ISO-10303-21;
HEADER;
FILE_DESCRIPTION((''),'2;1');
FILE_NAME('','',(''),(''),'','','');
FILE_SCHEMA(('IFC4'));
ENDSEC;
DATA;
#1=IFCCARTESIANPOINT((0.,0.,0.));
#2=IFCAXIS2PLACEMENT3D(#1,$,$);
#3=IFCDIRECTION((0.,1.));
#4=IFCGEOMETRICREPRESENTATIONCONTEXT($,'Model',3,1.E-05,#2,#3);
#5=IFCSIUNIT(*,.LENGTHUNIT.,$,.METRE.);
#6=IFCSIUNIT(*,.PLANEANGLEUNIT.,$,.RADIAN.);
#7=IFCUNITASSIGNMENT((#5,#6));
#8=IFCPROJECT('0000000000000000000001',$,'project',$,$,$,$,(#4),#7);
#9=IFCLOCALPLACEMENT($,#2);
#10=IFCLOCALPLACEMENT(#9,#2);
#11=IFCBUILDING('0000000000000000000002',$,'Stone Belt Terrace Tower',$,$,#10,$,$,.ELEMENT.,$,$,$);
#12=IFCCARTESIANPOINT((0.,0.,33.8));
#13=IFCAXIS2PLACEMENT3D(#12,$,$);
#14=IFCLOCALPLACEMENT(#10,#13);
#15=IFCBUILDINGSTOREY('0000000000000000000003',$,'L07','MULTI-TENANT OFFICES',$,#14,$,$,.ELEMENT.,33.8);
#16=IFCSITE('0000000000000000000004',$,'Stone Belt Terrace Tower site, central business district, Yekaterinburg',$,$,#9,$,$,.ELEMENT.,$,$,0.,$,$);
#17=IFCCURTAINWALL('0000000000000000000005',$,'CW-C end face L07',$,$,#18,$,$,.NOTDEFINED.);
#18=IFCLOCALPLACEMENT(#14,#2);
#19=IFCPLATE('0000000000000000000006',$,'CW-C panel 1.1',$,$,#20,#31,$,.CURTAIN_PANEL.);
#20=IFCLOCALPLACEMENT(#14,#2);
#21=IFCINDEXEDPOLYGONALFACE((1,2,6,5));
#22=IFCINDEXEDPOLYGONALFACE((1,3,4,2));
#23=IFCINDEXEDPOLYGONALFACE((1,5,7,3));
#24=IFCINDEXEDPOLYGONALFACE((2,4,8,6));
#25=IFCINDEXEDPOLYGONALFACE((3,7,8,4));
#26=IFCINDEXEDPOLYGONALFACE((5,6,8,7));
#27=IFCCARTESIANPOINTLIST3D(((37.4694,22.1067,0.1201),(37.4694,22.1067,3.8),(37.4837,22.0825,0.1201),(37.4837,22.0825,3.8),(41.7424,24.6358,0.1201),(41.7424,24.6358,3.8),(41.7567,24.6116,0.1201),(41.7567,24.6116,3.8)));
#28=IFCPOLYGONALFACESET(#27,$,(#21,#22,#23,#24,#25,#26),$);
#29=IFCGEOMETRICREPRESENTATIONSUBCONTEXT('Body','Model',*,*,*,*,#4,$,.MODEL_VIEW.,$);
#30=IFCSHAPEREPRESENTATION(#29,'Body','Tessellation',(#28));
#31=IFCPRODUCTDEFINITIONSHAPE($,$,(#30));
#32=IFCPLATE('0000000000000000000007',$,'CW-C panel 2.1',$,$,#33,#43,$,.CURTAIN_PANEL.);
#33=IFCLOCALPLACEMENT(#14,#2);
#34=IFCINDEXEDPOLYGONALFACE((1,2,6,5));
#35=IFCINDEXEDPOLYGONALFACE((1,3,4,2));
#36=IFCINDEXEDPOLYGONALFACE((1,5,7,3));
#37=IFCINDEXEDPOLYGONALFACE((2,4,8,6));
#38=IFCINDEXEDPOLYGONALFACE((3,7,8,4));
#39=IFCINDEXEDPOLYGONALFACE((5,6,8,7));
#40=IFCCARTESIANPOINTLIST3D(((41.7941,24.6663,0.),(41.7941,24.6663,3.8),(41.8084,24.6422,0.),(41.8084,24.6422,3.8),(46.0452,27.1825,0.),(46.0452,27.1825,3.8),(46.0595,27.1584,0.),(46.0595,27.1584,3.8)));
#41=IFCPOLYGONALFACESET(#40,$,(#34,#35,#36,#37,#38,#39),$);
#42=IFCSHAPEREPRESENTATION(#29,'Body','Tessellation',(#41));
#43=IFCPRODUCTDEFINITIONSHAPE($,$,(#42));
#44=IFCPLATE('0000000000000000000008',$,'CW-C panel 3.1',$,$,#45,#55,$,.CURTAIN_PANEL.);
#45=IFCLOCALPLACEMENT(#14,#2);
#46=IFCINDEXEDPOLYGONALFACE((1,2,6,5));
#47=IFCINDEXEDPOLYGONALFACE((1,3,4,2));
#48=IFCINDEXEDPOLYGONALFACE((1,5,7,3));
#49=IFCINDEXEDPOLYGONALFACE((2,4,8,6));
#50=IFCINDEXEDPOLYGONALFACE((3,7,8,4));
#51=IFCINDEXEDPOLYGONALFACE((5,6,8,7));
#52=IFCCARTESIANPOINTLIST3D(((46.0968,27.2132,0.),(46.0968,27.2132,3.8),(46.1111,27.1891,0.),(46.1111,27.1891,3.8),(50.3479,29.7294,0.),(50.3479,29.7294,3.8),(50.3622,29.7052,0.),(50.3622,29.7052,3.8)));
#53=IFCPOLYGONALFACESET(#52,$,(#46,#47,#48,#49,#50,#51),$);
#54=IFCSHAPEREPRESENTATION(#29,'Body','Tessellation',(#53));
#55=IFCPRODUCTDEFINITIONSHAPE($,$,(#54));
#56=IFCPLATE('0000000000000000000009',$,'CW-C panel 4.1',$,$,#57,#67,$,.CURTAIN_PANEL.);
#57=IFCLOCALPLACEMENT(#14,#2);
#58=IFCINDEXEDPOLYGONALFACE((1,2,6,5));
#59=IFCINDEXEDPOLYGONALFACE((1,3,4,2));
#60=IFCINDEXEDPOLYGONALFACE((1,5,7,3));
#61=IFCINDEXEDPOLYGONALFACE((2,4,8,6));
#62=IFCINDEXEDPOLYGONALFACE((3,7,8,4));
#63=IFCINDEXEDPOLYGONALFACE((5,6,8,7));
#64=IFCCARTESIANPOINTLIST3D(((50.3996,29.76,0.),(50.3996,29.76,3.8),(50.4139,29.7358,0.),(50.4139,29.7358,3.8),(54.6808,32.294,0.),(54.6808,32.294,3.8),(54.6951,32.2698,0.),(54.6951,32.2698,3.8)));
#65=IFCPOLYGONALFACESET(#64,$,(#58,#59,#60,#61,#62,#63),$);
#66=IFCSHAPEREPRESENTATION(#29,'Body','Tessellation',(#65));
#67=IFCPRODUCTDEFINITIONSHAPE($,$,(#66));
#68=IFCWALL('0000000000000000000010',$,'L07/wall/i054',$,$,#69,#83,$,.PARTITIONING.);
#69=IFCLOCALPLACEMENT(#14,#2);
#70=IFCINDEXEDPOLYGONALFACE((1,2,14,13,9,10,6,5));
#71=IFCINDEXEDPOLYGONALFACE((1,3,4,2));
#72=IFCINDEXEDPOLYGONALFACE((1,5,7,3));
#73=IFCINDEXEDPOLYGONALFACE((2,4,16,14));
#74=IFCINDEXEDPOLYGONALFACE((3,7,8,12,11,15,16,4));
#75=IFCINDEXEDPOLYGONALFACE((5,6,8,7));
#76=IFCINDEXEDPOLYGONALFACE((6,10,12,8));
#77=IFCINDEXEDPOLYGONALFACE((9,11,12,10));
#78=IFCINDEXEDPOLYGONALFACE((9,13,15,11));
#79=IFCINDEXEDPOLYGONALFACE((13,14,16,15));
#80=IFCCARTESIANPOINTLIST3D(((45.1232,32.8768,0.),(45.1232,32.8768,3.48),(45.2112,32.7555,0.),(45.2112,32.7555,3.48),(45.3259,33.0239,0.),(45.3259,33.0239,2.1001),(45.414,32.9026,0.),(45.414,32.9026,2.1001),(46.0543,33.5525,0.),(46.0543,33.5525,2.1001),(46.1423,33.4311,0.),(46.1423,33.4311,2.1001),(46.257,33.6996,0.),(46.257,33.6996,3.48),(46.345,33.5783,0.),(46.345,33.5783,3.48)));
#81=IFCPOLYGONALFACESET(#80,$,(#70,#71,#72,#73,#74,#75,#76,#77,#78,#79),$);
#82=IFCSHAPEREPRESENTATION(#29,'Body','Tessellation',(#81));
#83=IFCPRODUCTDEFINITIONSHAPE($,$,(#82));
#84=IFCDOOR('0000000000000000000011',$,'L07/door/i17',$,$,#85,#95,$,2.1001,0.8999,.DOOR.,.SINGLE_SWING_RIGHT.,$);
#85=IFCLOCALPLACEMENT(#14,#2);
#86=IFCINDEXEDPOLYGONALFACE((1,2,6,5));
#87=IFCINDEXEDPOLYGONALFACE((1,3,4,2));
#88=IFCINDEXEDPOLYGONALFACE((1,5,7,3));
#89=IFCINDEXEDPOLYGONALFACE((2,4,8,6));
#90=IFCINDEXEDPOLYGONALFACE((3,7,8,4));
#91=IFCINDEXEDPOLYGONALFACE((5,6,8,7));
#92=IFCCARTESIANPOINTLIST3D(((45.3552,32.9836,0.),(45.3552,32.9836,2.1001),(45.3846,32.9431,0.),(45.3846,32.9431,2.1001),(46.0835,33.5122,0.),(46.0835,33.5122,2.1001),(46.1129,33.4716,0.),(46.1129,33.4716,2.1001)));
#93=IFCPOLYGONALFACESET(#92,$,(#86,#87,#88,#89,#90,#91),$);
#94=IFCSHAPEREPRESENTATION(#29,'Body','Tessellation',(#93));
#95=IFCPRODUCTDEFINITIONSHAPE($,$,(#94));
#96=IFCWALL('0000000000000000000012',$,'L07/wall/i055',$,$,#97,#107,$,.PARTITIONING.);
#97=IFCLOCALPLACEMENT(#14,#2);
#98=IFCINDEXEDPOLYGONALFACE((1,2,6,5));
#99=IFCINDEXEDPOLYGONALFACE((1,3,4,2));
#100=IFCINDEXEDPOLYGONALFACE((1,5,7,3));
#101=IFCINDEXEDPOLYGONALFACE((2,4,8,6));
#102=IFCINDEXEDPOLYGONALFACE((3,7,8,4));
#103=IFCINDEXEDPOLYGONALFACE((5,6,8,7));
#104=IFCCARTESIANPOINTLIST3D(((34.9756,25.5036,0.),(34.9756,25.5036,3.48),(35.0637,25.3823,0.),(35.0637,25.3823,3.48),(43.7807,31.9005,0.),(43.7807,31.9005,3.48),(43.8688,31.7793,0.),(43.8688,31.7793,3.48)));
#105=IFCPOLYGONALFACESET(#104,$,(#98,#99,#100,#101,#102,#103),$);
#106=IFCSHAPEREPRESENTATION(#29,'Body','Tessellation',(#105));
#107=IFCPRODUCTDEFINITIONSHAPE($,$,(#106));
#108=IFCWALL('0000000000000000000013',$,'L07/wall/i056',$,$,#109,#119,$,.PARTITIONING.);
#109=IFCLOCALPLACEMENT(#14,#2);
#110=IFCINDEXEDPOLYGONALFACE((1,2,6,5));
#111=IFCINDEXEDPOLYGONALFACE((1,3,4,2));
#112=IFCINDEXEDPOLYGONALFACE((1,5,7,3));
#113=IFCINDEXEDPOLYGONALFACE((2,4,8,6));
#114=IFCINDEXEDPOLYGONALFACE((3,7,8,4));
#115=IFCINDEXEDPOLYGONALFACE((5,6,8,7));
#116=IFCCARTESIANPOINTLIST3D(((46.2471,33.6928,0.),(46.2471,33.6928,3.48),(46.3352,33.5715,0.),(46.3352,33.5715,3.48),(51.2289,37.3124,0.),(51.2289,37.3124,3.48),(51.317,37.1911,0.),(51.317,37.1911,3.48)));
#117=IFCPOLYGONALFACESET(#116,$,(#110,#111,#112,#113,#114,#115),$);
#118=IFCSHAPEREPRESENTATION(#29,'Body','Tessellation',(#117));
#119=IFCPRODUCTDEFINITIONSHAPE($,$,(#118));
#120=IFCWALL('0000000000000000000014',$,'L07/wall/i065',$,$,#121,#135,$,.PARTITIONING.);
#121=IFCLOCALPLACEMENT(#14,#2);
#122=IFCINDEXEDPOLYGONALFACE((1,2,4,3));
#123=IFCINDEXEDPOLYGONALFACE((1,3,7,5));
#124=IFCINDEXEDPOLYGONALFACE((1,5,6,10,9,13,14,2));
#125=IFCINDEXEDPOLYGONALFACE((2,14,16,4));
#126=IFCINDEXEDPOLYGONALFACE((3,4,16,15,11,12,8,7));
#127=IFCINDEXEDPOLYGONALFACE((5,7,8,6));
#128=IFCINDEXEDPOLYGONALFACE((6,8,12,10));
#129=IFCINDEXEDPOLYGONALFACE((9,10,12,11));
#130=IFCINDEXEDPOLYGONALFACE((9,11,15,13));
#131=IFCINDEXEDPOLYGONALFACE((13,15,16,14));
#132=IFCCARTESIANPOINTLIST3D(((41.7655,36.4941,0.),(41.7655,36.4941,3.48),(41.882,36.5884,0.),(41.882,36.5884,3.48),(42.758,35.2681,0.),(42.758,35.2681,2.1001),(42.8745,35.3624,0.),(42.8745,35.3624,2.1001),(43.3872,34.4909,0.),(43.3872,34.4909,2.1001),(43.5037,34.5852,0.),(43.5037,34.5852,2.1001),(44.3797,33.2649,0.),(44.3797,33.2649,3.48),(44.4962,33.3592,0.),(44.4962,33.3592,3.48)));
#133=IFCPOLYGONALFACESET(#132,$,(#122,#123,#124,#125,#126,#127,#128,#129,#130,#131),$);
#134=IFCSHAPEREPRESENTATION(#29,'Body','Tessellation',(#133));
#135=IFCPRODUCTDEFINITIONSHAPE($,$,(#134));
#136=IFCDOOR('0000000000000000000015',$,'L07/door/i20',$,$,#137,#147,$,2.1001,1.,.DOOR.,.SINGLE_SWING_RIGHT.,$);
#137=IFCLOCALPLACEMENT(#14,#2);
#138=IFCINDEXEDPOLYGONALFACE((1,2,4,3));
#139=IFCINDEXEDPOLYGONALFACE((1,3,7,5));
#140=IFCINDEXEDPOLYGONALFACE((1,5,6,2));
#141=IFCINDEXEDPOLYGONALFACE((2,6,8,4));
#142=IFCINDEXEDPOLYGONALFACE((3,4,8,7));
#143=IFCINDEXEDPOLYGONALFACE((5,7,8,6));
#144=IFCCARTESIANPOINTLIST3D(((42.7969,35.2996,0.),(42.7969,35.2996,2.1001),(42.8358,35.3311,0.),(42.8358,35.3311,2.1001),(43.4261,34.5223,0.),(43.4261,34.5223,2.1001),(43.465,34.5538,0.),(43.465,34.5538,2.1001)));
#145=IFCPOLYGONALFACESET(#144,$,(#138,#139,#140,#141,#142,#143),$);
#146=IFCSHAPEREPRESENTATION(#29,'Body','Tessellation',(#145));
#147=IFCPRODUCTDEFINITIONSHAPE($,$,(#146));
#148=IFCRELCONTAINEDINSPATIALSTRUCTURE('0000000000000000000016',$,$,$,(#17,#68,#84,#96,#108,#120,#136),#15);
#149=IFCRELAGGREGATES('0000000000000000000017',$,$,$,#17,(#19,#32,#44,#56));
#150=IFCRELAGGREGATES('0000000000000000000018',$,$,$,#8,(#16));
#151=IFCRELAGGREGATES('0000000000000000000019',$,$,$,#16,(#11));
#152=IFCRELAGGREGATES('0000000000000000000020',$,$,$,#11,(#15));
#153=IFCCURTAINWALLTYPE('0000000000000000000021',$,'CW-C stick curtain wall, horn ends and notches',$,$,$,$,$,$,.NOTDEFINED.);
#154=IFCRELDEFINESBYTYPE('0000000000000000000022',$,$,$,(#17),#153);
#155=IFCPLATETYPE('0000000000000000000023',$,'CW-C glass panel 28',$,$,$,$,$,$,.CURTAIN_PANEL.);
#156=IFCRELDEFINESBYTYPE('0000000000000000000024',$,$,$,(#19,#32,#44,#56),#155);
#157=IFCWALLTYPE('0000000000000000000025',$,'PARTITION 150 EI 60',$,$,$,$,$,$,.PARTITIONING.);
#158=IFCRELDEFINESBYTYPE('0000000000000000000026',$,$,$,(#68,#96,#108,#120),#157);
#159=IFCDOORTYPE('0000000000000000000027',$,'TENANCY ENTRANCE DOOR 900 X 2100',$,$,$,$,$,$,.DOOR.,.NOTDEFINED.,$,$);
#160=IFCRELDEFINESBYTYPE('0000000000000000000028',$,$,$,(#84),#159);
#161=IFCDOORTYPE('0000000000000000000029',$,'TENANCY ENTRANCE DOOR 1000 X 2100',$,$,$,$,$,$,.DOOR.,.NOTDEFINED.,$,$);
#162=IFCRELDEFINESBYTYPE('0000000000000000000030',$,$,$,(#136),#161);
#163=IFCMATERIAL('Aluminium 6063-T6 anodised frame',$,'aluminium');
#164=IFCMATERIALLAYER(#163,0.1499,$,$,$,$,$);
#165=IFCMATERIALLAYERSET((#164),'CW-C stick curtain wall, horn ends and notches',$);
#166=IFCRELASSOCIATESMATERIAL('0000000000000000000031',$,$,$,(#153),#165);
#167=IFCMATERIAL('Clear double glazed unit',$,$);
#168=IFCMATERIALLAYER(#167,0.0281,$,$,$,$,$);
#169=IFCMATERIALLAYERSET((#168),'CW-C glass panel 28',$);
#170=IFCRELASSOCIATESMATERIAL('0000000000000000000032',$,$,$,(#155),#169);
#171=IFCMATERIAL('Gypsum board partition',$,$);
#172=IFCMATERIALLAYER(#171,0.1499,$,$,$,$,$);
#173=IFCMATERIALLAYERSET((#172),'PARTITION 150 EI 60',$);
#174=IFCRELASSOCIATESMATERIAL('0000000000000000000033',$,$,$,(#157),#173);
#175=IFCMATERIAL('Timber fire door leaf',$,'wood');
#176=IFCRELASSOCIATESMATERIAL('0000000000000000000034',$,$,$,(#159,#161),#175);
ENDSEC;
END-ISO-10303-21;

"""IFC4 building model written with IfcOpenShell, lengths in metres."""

from ifc_helpers import new_model, si_unit, direction, frame, frame_2d, origin, origin_2d, place, context, subcontext, project, spatial, rectangle, extrude, material, layer, layer_set, type_object, element, fill, aggregate, save


model = new_model("IFC4")

# Units and contexts
model_context = context("Model", 3, precision=1e-05, world=origin(), true_north=direction((0.0, 1.0)))
body_context = subcontext(model_context, "Body", "Model", "MODEL_VIEW")
ifc_project = project(units=[si_unit("LENGTHUNIT", "METRE"), si_unit("PLANEANGLEUNIT", "RADIAN")], contexts=[model_context])

# Site, building, storey
site_placement = place(None, origin())
site = spatial("IfcSite", under=ifc_project, at=site_placement, Name="Stone Belt Terrace Tower site, central business district, Yekaterinburg", CompositionType="ELEMENT", RefElevation=0.0)
building_placement = place(site_placement, origin())
building = spatial("IfcBuilding", under=site, at=building_placement, Name="Stone Belt Terrace Tower", CompositionType="ELEMENT")
storey_placement = place(building_placement, frame((0.0, 0.0, 33.8)))
storey = spatial("IfcBuildingStorey", under=building, at=storey_placement, Name="L07", Description="MULTI-TENANT OFFICES", CompositionType="ELEMENT", Elevation=33.8)

# Curtain wall
ifc_material_1 = material(Name="Aluminium 6063-T6 anodised frame", Category="aluminium")
ifc_layer_1 = layer(ifc_material_1, 0.1499)
ifc_layer_set_1 = layer_set([ifc_layer_1], Name="CW-C stick curtain wall, horn ends and notches")
curtain_wall_type_1 = type_object("IfcCurtainWallType", Name="CW-C stick curtain wall, horn ends and notches", PredefinedType="NOTDEFINED", material=ifc_layer_set_1)
curtain_wall_1_placement = place(storey_placement, origin())
curtain_wall_1 = element("IfcCurtainWall", 1, at=curtain_wall_1_placement, inside=storey, type_object=curtain_wall_type_1, Name="CW-C end face L07", PredefinedType="NOTDEFINED")

# Shared definitions
ifc_material_2 = material(Name="Clear double glazed unit")

# Plates
ifc_layer_2 = layer(ifc_material_2, 0.0281)
ifc_layer_set_2 = layer_set([ifc_layer_2], Name="CW-C glass panel 28")
plate_type_1 = type_object("IfcPlateType", Name="CW-C glass panel 28", PredefinedType="CURTAIN_PANEL", material=ifc_layer_set_2)
plate_1_placement = place(storey_placement, frame((39.613, 23.3591, 0.1201), z_axis=(0.0, 0.0, 1.0), x_axis=(0.860558, 0.509353, 0.0)))
plate_1 = element("IfcPlate", 2, at=plate_1_placement, type_object=plate_type_1, Name="CW-C panel 1.1", PredefinedType="CURTAIN_PANEL", context=body_context, shape_type="SweptSolid", body=[
    extrude(rectangle(XDim=4.9653, YDim=0.0281, at=origin_2d()), origin(), (0.0, 0.0, 1.0), 3.6799),
])
plate_2_placement = place(storey_placement, frame((43.9268, 25.9124, 0.0), z_axis=(0.0, 0.0, 1.0), x_axis=(0.860558, 0.509353, 0.0)))
plate_2 = element("IfcPlate", 3, at=plate_2_placement, type_object=plate_type_1, Name="CW-C panel 2.1", PredefinedType="CURTAIN_PANEL", context=body_context, shape_type="SweptSolid", body=[
    extrude(rectangle(XDim=4.9399, YDim=0.0281, at=origin_2d()), origin(), (0.0, 0.0, 1.0), 3.8),
])
plate_3_placement = place(storey_placement, frame((48.2295, 28.4592, 0.0), z_axis=(0.0, 0.0, 1.0), x_axis=(0.860558, 0.509353, 0.0)))
plate_3 = element("IfcPlate", 4, at=plate_3_placement, type_object=plate_type_1, Name="CW-C panel 3.1", PredefinedType="CURTAIN_PANEL", context=body_context, shape_type="SweptSolid", body=[
    extrude(rectangle(XDim=4.9399, YDim=0.0281, at=origin_2d()), origin(), (0.0, 0.0, 1.0), 3.8),
])
plate_4_placement = place(storey_placement, frame((52.5474, 31.0149, 0.0), z_axis=(0.0, 0.0, 1.0), x_axis=(0.860558, 0.509353, 0.0)))
plate_4 = element("IfcPlate", 5, at=plate_4_placement, type_object=plate_type_1, Name="CW-C panel 4.1", PredefinedType="CURTAIN_PANEL", context=body_context, shape_type="SweptSolid", body=[
    extrude(rectangle(XDim=4.9749, YDim=0.0281, at=origin_2d()), origin(), (0.0, 0.0, 1.0), 3.8),
])
aggregate(curtain_wall_1, [plate_1, plate_2, plate_3, plate_4])

# Wall, opening, door
ifc_material_3 = material(Name="Gypsum board partition")
ifc_layer_3 = layer(ifc_material_3, 0.1499)
ifc_layer_set_3 = layer_set([ifc_layer_3], Name="PARTITION 150 EI 60")
wall_type = type_object("IfcWallType", Name="PARTITION 150 EI 60", PredefinedType="PARTITIONING", material=ifc_layer_set_3)
wall_1_placement = place(storey_placement, frame((46.301, 33.6389, 0.0), z_axis=(0.0, 0.0, 1.0), x_axis=(-0.809354, -0.587322, 0.0)))
wall_1 = element("IfcWall", 6, at=wall_1_placement, inside=storey, type_object=wall_type, Name="L07/wall/i054", PredefinedType="PARTITIONING", context=body_context, shape_type="SweptSolid", body=[
    extrude(rectangle(XDim=1.4009, YDim=0.1499, at=frame_2d((0.7004, 0.0))), origin(), (0.0, 0.0, 1.0), 3.48),
])
opening_1_placement = place(wall_1_placement, frame((0.2505, 0.0, 0.0)))
opening_1 = element("IfcOpeningElement", 7, at=opening_1_placement, cuts=wall_1, PredefinedType="OPENING", context=body_context, shape_type="SweptSolid", body=[
    extrude(rectangle(XDim=0.8999, YDim=2.1001, at=frame_2d((0.45, 1.05))), frame((0.0, 0.085, 0.0), z_axis=(0.0, -1.0, 0.0), x_axis=(1.0, 0.0, 0.0)), (0.0, 0.0, 1.0), 0.1699),
])
ifc_material_4 = material(Name="Timber fire door leaf", Category="wood")
door_type_1 = type_object("IfcDoorType", Name="TENANCY ENTRANCE DOOR 900 X 2100", OperationType="NOTDEFINED", PredefinedType="DOOR", material=ifc_material_4)
door_1_placement = place(opening_1_placement, origin())
door_1 = element("IfcDoor", 8, at=door_1_placement, inside=storey, type_object=door_type_1, Name="L07/door/i17", OperationType="SINGLE_SWING_RIGHT", OverallHeight=2.1001, OverallWidth=0.8999, PredefinedType="DOOR", context=body_context, shape_type="SweptSolid", body=[
    extrude(rectangle(XDim=0.8999, YDim=2.1001, at=frame_2d((0.45, 1.05))), frame((0.0, 0.0249, 0.0), z_axis=(0.0, -1.0, 0.0), x_axis=(1.0, 0.0, 0.0)), (0.0, 0.0, 1.0), 0.05),
])
fill(opening_1, door_1)

# Walls
wall_2_placement = place(storey_placement, frame((35.0195, 25.4429, 0.0), z_axis=(0.0, 0.0, 1.0), x_axis=(0.809033, 0.587763, 0.0)))
element("IfcWall", 9, at=wall_2_placement, inside=storey, type_object=wall_type, Name="L07/wall/i055", PredefinedType="PARTITIONING", context=body_context, shape_type="SweptSolid", body=[
    extrude(rectangle(XDim=10.8835, YDim=0.1499, at=frame_2d((5.4419, 0.0))), origin(), (0.0, 0.0, 1.0), 3.48),
])
wall_3_placement = place(storey_placement, frame((46.291, 33.6321, 0.0), z_axis=(0.0, 0.0, 1.0), x_axis=(0.809014, 0.58779, 0.0)))
element("IfcWall", 10, at=wall_3_placement, inside=storey, type_object=wall_type, Name="L07/wall/i056", PredefinedType="PARTITIONING", context=body_context, shape_type="SweptSolid", body=[
    extrude(rectangle(XDim=6.158, YDim=0.1499, at=frame_2d((3.0791, 0.0))), origin(), (0.0, 0.0, 1.0), 3.48),
])

# Wall, opening, door
wall_4_placement = place(storey_placement, frame((44.438, 33.312, 0.0), z_axis=(0.0, 0.0, 1.0), x_axis=(-0.629213, 0.777233, 0.0)))
wall_4 = element("IfcWall", 11, at=wall_4_placement, inside=storey, type_object=wall_type, Name="L07/wall/i065", PredefinedType="PARTITIONING", context=body_context, shape_type="SweptSolid", body=[
    extrude(rectangle(XDim=4.1548, YDim=0.1499, at=frame_2d((2.0774, 0.0))), origin(), (0.0, 0.0, 1.0), 3.48),
])
opening_2_placement = place(wall_4_placement, frame((1.5774, 0.0, 0.0)))
opening_2 = element("IfcOpeningElement", 12, at=opening_2_placement, cuts=wall_4, PredefinedType="OPENING", context=body_context, shape_type="SweptSolid", body=[
    extrude(rectangle(XDim=1.0, YDim=2.1001, at=frame_2d((0.5, 1.05))), frame((0.0, 0.085, 0.0), z_axis=(0.0, -1.0, 0.0), x_axis=(1.0, 0.0, 0.0)), (0.0, 0.0, 1.0), 0.1699),
])
door_type_2 = type_object("IfcDoorType", Name="TENANCY ENTRANCE DOOR 1000 X 2100", OperationType="NOTDEFINED", PredefinedType="DOOR", material=ifc_material_4)
door_2_placement = place(opening_2_placement, origin())
door_2 = element("IfcDoor", 13, at=door_2_placement, inside=storey, type_object=door_type_2, Name="L07/door/i20", OperationType="SINGLE_SWING_RIGHT", OverallHeight=2.1001, OverallWidth=1.0, PredefinedType="DOOR", context=body_context, shape_type="SweptSolid", body=[
    extrude(rectangle(XDim=1.0, YDim=2.1001, at=frame_2d((0.5, 1.05))), frame((0.0, 0.0249, 0.0), z_axis=(0.0, -1.0, 0.0), x_axis=(1.0, 0.0, 0.0)), (0.0, 0.0, 1.0), 0.05),
])
fill(opening_2, door_2)

save(model, "model.ifc")
